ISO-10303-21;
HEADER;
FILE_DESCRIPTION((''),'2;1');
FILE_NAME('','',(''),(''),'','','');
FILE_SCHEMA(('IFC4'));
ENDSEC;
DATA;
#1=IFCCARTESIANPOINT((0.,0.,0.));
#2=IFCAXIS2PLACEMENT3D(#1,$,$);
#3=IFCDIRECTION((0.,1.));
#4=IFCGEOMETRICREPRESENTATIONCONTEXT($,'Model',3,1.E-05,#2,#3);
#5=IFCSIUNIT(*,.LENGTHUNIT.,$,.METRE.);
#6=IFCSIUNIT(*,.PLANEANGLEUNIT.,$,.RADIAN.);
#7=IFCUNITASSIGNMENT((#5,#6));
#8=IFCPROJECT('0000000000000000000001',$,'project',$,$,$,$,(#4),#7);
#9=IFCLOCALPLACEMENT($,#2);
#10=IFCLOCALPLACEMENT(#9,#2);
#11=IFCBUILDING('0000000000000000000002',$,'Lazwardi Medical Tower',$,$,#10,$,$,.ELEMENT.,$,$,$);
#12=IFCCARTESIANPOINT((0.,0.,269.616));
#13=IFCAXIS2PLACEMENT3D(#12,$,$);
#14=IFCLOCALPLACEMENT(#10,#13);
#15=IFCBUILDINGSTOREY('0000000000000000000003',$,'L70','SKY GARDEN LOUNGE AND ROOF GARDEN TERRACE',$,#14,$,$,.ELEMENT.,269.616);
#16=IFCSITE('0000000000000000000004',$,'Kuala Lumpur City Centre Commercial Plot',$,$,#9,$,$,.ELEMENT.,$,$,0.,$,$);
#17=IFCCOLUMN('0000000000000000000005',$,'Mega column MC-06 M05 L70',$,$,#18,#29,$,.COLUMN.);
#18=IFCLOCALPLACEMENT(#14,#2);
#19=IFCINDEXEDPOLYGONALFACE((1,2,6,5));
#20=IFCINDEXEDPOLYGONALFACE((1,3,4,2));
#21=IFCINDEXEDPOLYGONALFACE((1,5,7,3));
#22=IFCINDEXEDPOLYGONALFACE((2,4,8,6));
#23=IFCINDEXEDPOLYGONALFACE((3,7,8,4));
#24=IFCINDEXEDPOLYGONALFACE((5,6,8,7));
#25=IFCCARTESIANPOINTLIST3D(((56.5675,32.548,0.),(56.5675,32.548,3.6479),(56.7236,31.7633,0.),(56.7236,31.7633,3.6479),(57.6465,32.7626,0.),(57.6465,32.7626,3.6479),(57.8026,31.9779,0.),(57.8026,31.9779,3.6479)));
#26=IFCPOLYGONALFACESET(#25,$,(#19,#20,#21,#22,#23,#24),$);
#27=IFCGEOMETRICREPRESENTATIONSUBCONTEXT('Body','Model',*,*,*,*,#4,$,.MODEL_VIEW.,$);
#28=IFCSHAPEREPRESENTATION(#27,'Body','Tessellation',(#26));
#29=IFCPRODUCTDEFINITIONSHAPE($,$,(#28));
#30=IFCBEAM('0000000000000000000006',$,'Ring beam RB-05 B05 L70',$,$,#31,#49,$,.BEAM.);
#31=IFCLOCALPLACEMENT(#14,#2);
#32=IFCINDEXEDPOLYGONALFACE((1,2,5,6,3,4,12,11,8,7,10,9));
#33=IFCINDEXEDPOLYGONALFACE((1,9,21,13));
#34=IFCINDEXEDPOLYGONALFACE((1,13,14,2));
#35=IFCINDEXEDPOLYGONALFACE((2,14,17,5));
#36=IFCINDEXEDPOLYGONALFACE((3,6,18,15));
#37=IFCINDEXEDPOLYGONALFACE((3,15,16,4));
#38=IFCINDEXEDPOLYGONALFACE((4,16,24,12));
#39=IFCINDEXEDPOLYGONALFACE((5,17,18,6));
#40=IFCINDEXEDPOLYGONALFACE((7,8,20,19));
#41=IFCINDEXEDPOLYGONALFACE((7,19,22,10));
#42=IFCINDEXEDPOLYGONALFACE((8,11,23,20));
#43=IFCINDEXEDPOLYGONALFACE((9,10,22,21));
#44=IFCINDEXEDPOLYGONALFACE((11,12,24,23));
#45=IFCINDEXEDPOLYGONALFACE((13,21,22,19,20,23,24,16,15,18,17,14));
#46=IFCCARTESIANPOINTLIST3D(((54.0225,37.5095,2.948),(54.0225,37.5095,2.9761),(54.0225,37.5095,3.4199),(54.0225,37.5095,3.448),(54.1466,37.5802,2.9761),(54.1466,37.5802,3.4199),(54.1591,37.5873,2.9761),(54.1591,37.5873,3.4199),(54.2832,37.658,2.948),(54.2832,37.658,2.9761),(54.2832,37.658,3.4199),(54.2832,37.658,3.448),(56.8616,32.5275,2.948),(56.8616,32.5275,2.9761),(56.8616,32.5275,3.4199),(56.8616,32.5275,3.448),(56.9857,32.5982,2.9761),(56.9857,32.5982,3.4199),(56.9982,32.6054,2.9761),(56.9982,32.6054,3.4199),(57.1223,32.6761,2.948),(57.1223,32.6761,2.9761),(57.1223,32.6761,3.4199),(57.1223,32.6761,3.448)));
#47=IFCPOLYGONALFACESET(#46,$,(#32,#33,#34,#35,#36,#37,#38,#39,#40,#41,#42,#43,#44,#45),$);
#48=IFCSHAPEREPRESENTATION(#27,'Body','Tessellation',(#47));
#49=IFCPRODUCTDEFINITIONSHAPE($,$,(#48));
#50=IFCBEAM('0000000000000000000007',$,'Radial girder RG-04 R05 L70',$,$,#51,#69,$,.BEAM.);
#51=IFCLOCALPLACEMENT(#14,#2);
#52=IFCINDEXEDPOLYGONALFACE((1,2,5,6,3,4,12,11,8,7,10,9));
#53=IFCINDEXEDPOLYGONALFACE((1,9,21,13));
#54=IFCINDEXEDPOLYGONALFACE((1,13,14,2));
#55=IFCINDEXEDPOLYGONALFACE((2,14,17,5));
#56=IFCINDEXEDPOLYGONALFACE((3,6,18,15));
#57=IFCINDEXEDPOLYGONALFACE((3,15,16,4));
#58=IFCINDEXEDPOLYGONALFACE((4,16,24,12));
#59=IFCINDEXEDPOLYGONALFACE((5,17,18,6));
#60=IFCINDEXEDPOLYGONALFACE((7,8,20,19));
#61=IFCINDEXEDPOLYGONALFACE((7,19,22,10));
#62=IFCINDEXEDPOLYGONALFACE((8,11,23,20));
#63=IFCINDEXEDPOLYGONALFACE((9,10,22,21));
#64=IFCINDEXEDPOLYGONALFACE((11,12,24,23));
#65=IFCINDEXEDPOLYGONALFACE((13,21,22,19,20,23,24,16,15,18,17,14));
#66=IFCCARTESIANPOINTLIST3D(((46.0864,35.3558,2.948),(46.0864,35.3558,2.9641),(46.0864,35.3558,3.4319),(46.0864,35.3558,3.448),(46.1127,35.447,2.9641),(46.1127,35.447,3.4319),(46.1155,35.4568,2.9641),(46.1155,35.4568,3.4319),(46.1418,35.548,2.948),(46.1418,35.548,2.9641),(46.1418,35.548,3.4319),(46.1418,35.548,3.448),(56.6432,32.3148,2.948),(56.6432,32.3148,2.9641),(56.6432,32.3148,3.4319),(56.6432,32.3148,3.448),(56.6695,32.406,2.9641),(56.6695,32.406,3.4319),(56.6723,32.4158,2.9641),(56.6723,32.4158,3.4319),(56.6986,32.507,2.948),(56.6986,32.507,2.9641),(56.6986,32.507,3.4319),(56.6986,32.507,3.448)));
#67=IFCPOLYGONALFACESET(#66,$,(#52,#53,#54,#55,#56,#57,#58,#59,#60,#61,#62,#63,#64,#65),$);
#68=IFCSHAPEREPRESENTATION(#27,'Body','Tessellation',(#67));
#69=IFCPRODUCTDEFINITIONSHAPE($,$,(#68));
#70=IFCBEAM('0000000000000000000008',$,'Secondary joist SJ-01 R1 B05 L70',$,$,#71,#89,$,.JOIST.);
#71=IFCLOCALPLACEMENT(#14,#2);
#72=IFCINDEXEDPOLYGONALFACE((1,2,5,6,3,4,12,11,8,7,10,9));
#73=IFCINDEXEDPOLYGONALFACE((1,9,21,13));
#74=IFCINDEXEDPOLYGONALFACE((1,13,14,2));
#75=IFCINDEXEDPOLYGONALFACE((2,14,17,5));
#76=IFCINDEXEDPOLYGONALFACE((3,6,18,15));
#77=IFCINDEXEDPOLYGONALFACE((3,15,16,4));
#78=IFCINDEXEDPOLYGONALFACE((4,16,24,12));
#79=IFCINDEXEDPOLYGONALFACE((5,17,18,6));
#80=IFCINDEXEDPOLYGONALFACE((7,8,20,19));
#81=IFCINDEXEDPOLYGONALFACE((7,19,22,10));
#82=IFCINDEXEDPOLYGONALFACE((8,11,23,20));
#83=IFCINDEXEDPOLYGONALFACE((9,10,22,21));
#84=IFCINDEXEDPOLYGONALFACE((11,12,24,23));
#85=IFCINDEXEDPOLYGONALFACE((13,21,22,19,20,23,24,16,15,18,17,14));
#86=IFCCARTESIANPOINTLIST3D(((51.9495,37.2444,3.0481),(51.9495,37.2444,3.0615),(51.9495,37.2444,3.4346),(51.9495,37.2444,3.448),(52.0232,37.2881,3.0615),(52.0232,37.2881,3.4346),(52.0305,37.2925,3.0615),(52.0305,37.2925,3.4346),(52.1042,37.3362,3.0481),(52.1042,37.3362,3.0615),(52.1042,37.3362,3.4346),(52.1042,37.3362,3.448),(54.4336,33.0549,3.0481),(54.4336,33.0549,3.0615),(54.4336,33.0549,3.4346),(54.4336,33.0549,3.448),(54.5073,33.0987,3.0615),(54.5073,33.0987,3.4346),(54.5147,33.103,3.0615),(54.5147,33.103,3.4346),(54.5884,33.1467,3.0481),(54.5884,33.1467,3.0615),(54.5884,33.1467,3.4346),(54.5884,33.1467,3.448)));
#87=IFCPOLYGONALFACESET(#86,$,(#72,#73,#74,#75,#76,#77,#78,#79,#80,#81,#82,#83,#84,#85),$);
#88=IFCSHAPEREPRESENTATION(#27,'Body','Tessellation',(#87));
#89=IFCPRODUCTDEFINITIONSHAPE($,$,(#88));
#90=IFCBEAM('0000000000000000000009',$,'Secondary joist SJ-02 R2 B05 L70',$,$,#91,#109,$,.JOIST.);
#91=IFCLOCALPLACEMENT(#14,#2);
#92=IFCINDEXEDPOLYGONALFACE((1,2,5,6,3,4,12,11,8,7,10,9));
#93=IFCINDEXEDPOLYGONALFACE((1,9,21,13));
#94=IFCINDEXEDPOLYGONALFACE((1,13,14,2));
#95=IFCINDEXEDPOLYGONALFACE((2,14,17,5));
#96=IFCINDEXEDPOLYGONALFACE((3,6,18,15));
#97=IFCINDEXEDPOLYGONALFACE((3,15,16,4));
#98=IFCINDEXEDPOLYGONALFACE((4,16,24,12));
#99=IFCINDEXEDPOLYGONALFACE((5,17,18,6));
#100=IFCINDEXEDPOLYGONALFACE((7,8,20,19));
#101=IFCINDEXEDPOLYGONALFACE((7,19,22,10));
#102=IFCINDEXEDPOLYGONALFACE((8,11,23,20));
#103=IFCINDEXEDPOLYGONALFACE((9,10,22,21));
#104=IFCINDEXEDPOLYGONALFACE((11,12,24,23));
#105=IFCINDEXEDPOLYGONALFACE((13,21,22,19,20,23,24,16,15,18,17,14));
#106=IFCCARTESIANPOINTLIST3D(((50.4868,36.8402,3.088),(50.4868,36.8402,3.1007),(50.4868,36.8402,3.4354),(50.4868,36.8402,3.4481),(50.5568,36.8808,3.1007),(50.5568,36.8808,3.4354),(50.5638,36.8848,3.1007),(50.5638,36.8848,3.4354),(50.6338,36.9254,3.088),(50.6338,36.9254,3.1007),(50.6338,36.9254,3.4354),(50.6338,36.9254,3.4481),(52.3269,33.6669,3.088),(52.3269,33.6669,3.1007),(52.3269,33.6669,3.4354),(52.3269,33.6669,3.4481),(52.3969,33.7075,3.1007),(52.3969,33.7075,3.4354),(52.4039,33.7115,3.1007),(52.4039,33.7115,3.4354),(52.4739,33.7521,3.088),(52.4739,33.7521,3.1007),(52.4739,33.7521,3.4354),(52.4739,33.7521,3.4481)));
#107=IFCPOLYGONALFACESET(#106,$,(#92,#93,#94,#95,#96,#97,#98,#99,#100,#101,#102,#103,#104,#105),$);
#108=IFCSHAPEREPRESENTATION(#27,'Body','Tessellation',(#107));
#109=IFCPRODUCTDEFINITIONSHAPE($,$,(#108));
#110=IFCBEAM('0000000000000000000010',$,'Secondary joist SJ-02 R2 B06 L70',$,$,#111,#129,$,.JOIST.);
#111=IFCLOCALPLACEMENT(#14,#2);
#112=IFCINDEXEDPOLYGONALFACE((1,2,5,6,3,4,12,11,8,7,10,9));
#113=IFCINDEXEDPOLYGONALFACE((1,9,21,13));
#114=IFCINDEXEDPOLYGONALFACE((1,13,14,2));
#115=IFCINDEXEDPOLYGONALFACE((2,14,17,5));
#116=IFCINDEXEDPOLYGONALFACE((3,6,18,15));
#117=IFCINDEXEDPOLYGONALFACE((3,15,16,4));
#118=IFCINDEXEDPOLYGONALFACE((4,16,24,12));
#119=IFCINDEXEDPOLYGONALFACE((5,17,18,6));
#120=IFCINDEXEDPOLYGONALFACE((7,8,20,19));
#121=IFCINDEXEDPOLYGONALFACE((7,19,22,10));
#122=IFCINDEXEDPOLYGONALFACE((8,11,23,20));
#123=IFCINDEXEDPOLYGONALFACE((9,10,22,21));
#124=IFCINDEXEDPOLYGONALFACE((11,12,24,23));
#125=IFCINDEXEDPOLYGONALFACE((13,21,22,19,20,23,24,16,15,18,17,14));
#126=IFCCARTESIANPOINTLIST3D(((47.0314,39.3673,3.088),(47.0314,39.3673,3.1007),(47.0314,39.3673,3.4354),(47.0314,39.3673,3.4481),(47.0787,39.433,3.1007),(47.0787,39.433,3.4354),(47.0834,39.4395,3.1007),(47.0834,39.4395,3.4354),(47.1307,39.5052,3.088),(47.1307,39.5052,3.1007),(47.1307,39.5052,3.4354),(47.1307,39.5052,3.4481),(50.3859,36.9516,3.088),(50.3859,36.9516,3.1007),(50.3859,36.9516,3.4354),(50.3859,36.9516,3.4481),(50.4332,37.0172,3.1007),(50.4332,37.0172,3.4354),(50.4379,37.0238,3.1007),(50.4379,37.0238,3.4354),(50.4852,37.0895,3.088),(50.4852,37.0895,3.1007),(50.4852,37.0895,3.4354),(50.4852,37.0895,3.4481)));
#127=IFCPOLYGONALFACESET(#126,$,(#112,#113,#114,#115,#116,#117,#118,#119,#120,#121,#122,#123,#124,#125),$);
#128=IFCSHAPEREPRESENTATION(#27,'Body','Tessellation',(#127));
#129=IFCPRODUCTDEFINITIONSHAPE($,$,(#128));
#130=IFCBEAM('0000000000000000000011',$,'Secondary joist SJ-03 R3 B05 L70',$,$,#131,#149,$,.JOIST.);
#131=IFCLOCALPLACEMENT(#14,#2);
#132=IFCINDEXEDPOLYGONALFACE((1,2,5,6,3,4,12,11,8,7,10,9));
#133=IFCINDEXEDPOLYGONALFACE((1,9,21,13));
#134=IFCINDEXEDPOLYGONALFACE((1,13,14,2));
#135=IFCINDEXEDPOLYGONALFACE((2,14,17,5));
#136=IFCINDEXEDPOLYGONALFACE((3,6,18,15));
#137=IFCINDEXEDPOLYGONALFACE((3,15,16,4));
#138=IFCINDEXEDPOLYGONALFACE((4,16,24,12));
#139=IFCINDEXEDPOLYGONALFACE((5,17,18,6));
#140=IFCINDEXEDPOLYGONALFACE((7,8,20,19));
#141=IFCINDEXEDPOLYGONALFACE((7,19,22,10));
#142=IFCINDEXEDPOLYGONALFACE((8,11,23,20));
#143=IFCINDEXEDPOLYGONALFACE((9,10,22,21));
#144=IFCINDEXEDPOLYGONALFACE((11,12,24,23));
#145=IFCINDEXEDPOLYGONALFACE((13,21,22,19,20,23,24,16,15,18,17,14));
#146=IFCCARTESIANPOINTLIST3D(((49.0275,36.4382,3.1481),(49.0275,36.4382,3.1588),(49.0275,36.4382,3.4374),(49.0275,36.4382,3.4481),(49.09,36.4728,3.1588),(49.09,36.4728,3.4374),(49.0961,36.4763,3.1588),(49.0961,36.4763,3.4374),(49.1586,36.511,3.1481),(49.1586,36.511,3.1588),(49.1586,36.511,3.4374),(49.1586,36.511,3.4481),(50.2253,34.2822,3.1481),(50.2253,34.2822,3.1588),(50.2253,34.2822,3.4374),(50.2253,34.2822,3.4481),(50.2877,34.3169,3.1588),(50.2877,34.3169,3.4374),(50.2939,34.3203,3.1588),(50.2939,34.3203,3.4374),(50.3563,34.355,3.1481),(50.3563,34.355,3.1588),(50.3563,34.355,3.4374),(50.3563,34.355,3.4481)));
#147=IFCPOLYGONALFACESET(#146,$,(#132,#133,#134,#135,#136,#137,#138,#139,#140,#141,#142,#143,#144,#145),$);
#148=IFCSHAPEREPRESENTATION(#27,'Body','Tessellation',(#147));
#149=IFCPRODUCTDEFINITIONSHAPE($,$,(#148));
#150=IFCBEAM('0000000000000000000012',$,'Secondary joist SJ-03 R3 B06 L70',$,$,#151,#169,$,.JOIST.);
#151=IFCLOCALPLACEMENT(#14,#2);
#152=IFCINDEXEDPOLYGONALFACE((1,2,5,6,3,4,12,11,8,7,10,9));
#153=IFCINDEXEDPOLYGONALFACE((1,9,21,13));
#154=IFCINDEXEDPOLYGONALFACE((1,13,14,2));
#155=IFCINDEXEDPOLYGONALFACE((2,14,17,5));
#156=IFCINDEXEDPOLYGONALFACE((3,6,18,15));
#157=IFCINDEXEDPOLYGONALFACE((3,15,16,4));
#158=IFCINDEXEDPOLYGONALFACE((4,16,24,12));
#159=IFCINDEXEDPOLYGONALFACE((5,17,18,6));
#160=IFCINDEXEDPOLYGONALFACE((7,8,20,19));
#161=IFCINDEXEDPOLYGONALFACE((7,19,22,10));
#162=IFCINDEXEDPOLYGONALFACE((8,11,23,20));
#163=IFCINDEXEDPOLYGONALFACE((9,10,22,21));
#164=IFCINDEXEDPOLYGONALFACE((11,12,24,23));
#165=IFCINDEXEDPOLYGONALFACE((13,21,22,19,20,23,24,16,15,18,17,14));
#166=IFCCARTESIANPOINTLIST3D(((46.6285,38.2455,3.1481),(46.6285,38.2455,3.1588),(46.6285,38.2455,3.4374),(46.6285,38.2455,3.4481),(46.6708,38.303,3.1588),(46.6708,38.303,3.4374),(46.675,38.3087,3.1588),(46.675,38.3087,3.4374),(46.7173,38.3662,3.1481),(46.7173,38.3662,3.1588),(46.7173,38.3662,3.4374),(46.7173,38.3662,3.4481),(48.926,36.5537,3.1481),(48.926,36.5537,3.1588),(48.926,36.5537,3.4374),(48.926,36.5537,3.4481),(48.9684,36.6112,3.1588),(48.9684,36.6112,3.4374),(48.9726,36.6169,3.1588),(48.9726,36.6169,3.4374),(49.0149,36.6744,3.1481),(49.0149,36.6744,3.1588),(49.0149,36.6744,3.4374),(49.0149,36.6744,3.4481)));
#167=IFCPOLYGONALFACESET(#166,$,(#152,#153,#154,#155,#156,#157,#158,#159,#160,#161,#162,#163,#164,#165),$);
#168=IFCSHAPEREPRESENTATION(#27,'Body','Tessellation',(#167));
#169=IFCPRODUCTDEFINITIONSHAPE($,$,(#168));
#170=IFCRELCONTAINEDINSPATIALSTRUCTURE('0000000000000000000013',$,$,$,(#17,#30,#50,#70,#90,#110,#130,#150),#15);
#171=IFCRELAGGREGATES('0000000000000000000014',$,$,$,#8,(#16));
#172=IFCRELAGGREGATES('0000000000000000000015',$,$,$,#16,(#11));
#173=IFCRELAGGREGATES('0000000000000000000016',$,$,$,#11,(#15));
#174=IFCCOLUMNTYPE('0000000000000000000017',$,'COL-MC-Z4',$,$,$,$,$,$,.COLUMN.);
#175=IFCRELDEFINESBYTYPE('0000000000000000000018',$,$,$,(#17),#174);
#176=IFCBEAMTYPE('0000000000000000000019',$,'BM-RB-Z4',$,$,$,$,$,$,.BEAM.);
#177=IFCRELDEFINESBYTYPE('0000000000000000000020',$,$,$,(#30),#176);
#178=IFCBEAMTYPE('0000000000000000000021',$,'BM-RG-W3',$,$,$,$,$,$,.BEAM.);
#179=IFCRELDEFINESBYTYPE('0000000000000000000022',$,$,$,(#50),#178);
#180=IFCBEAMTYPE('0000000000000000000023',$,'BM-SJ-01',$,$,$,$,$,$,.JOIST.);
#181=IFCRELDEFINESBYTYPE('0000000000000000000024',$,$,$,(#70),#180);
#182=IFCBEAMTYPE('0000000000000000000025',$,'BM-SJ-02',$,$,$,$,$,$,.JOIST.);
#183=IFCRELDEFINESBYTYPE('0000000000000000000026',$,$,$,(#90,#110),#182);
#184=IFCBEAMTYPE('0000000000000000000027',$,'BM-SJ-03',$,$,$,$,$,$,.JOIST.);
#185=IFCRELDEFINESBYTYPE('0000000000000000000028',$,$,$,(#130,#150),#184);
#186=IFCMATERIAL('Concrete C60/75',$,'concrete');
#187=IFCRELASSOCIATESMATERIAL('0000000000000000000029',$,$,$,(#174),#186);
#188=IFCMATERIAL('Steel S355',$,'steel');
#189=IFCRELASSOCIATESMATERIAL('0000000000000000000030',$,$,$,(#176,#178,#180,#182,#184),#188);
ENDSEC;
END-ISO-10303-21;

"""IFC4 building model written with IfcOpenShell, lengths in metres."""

from ifc_helpers import new_model, si_unit, direction, frame, origin, origin_2d, place, context, subcontext, project, spatial, rectangle, i_section, extrude, material, material_profile, profile_set, type_object, element, save


model = new_model("IFC4")

# Units and contexts
model_context = context("Model", 3, precision=1e-05, world=origin(), true_north=direction((0.0, 1.0)))
body_context = subcontext(model_context, "Body", "Model", "MODEL_VIEW")
ifc_project = project(units=[si_unit("LENGTHUNIT", "METRE"), si_unit("PLANEANGLEUNIT", "RADIAN")], contexts=[model_context])

# Site, building, storey
site_placement = place(None, origin())
site = spatial("IfcSite", under=ifc_project, at=site_placement, Name="Kuala Lumpur City Centre Commercial Plot", CompositionType="ELEMENT", RefElevation=0.0)
building_placement = place(site_placement, origin())
building = spatial("IfcBuilding", under=site, at=building_placement, Name="Lazwardi Medical Tower", CompositionType="ELEMENT")
storey_placement = place(building_placement, frame((0.0, 0.0, 269.616)))
storey = spatial("IfcBuildingStorey", under=building, at=storey_placement, Name="L70", Description="SKY GARDEN LOUNGE AND ROOF GARDEN TERRACE", CompositionType="ELEMENT", Elevation=269.616)

# Column
ifc_material_1 = material(Name="Concrete C60/75", Category="concrete")
ifc_material_profile_1 = material_profile(ifc_material_1, rectangle(XDim=1.1001, YDim=0.8, at=origin_2d()), Name="CFT-RECT 1100x800")
ifc_profile_set_1 = profile_set([ifc_material_profile_1], Name="Concrete C60/75")
column_type = type_object("IfcColumnType", Name="COL-MC-Z4", PredefinedType="COLUMN", material=ifc_profile_set_1)
column_placement = place(storey_placement, frame((57.1851, 32.2629, 0.0), z_axis=(0.0, 0.0, 1.0), x_axis=(0.980785, 0.19509, 0.0)))
element("IfcColumn", 1, at=column_placement, inside=storey, type_object=column_type, Name="Mega column MC-06 M05 L70", PredefinedType="COLUMN", context=body_context, shape_type="SweptSolid", body=[
    extrude(rectangle(XDim=1.1001, YDim=0.8, at=origin_2d()), origin(), (0.0, 0.0, 1.0), 3.6479),
])

# Beams
ifc_material_2 = material(Name="Steel S355", Category="steel")
ifc_material_profile_2 = material_profile(ifc_material_2, i_section(OverallWidth=0.3, OverallDepth=0.5, WebThickness=0.0144, FlangeThickness=0.0281, at=origin_2d()), Name="HEB 500")
ifc_profile_set_2 = profile_set([ifc_material_profile_2], Name="Steel S355")
beam_type_1 = type_object("IfcBeamType", Name="BM-RB-Z4", PredefinedType="BEAM", material=ifc_profile_set_2)
beam_1_placement = place(storey_placement, frame((56.9919, 32.6018, 3.198), z_axis=(-0.495125, 0.868822, 0.0), x_axis=(-0.868822, -0.495125, 0.0)))
element("IfcBeam", 2, at=beam_1_placement, inside=storey, type_object=beam_type_1, Name="Ring beam RB-05 B05 L70", PredefinedType="BEAM", context=body_context, shape_type="SweptSolid", body=[
    extrude(i_section(OverallWidth=0.3, OverallDepth=0.5, WebThickness=0.0144, FlangeThickness=0.0281, at=origin_2d()), origin(), (0.0, 0.0, 1.0), 5.7341),
])
ifc_material_profile_3 = material_profile(ifc_material_2, i_section(OverallWidth=0.2, OverallDepth=0.5, WebThickness=0.0103, FlangeThickness=0.0161, at=origin_2d()), Name="IPE 500")
ifc_profile_set_3 = profile_set([ifc_material_profile_3], Name="Steel S355")
beam_type_2 = type_object("IfcBeamType", Name="BM-RG-W3", PredefinedType="BEAM", material=ifc_profile_set_3)
beam_2_placement = place(storey_placement, frame((56.6709, 32.4109, 3.198), z_axis=(-0.960926, 0.276804, 0.0), x_axis=(-0.276804, -0.960926, 0.0)))
element("IfcBeam", 3, at=beam_2_placement, inside=storey, type_object=beam_type_2, Name="Radial girder RG-04 R05 L70", PredefinedType="BEAM", context=body_context, shape_type="SweptSolid", body=[
    extrude(i_section(OverallWidth=0.2, OverallDepth=0.5, WebThickness=0.0103, FlangeThickness=0.0161, at=origin_2d()), origin(), (0.0, 0.0, 1.0), 10.9861),
])
ifc_material_profile_4 = material_profile(ifc_material_2, i_section(OverallWidth=0.1799, OverallDepth=0.3999, WebThickness=0.0085, FlangeThickness=0.0134, at=origin_2d()), Name="IPE 400")
ifc_profile_set_4 = profile_set([ifc_material_profile_4], Name="Steel S355")
beam_type_3 = type_object("IfcBeamType", Name="BM-SJ-01", PredefinedType="JOIST", material=ifc_profile_set_4)
beam_3_placement = place(storey_placement, frame((54.511, 33.1008, 3.248), z_axis=(-0.510029, 0.860157, 0.0), x_axis=(-0.860157, -0.510029, 0.0)))
element("IfcBeam", 4, at=beam_3_placement, inside=storey, type_object=beam_type_3, Name="Secondary joist SJ-01 R1 B05 L70", PredefinedType="JOIST", context=body_context, shape_type="SweptSolid", body=[
    extrude(i_section(OverallWidth=0.1799, OverallDepth=0.3999, WebThickness=0.0085, FlangeThickness=0.0134, at=origin_2d()), origin(), (0.0, 0.0, 1.0), 4.8706),
])
ifc_material_profile_5 = material_profile(ifc_material_2, i_section(OverallWidth=0.1699, OverallDepth=0.3601, WebThickness=0.0081, FlangeThickness=0.0127, at=origin_2d()), Name="IPE 360")
ifc_profile_set_5 = profile_set([ifc_material_profile_5], Name="Steel S355")
beam_type_4 = type_object("IfcBeamType", Name="BM-SJ-02", PredefinedType="JOIST", material=ifc_profile_set_5)
beam_4_placement = place(storey_placement, frame((52.4004, 33.7095, 3.2681), z_axis=(-0.501626, 0.865084, 0.0), x_axis=(-0.865084, -0.501626, 0.0)))
element("IfcBeam", 5, at=beam_4_placement, inside=storey, type_object=beam_type_4, Name="Secondary joist SJ-02 R2 B05 L70", PredefinedType="JOIST", context=body_context, shape_type="SweptSolid", body=[
    extrude(i_section(OverallWidth=0.1699, OverallDepth=0.3601, WebThickness=0.0081, FlangeThickness=0.0127, at=origin_2d()), origin(), (0.0, 0.0, 1.0), 3.6682),
])
beam_5_placement = place(storey_placement, frame((50.4355, 37.0205, 3.2681), z_axis=(-0.811473, 0.58439, 0.0), x_axis=(-0.58439, -0.811473, 0.0)))
element("IfcBeam", 6, at=beam_5_placement, inside=storey, type_object=beam_type_4, Name="Secondary joist SJ-02 R2 B06 L70", PredefinedType="JOIST", context=body_context, shape_type="SweptSolid", body=[
    extrude(i_section(OverallWidth=0.1699, OverallDepth=0.3601, WebThickness=0.0081, FlangeThickness=0.0127, at=origin_2d()), origin(), (0.0, 0.0, 1.0), 4.1338),
])
ifc_material_profile_6 = material_profile(ifc_material_2, i_section(OverallWidth=0.1499, OverallDepth=0.3, WebThickness=0.0071, FlangeThickness=0.0107, at=origin_2d()), Name="IPE 300")
ifc_profile_set_6 = profile_set([ifc_material_profile_6], Name="Steel S355")
beam_type_5 = type_object("IfcBeamType", Name="BM-SJ-03", PredefinedType="JOIST", material=ifc_profile_set_6)
beam_6_placement = place(storey_placement, frame((50.2908, 34.3186, 3.2981), z_axis=(-0.485635, 0.874162, 0.0), x_axis=(-0.874162, -0.485635, 0.0)))
element("IfcBeam", 7, at=beam_6_placement, inside=storey, type_object=beam_type_5, Name="Secondary joist SJ-03 R3 B05 L70", PredefinedType="JOIST", context=body_context, shape_type="SweptSolid", body=[
    extrude(i_section(OverallWidth=0.1499, OverallDepth=0.3, WebThickness=0.0071, FlangeThickness=0.0107, at=origin_2d()), origin(), (0.0, 0.0, 1.0), 2.4663),
])
beam_7_placement = place(storey_placement, frame((48.9705, 36.614, 3.2981), z_axis=(-0.805236, 0.592954, 0.0), x_axis=(-0.592954, -0.805236, 0.0)))
element("IfcBeam", 8, at=beam_7_placement, inside=storey, type_object=beam_type_5, Name="Secondary joist SJ-03 R3 B06 L70", PredefinedType="JOIST", context=body_context, shape_type="SweptSolid", body=[
    extrude(i_section(OverallWidth=0.1499, OverallDepth=0.3, WebThickness=0.0071, FlangeThickness=0.0107, at=origin_2d()), origin(), (0.0, 0.0, 1.0), 2.8533),
])

save(model, "model.ifc")
